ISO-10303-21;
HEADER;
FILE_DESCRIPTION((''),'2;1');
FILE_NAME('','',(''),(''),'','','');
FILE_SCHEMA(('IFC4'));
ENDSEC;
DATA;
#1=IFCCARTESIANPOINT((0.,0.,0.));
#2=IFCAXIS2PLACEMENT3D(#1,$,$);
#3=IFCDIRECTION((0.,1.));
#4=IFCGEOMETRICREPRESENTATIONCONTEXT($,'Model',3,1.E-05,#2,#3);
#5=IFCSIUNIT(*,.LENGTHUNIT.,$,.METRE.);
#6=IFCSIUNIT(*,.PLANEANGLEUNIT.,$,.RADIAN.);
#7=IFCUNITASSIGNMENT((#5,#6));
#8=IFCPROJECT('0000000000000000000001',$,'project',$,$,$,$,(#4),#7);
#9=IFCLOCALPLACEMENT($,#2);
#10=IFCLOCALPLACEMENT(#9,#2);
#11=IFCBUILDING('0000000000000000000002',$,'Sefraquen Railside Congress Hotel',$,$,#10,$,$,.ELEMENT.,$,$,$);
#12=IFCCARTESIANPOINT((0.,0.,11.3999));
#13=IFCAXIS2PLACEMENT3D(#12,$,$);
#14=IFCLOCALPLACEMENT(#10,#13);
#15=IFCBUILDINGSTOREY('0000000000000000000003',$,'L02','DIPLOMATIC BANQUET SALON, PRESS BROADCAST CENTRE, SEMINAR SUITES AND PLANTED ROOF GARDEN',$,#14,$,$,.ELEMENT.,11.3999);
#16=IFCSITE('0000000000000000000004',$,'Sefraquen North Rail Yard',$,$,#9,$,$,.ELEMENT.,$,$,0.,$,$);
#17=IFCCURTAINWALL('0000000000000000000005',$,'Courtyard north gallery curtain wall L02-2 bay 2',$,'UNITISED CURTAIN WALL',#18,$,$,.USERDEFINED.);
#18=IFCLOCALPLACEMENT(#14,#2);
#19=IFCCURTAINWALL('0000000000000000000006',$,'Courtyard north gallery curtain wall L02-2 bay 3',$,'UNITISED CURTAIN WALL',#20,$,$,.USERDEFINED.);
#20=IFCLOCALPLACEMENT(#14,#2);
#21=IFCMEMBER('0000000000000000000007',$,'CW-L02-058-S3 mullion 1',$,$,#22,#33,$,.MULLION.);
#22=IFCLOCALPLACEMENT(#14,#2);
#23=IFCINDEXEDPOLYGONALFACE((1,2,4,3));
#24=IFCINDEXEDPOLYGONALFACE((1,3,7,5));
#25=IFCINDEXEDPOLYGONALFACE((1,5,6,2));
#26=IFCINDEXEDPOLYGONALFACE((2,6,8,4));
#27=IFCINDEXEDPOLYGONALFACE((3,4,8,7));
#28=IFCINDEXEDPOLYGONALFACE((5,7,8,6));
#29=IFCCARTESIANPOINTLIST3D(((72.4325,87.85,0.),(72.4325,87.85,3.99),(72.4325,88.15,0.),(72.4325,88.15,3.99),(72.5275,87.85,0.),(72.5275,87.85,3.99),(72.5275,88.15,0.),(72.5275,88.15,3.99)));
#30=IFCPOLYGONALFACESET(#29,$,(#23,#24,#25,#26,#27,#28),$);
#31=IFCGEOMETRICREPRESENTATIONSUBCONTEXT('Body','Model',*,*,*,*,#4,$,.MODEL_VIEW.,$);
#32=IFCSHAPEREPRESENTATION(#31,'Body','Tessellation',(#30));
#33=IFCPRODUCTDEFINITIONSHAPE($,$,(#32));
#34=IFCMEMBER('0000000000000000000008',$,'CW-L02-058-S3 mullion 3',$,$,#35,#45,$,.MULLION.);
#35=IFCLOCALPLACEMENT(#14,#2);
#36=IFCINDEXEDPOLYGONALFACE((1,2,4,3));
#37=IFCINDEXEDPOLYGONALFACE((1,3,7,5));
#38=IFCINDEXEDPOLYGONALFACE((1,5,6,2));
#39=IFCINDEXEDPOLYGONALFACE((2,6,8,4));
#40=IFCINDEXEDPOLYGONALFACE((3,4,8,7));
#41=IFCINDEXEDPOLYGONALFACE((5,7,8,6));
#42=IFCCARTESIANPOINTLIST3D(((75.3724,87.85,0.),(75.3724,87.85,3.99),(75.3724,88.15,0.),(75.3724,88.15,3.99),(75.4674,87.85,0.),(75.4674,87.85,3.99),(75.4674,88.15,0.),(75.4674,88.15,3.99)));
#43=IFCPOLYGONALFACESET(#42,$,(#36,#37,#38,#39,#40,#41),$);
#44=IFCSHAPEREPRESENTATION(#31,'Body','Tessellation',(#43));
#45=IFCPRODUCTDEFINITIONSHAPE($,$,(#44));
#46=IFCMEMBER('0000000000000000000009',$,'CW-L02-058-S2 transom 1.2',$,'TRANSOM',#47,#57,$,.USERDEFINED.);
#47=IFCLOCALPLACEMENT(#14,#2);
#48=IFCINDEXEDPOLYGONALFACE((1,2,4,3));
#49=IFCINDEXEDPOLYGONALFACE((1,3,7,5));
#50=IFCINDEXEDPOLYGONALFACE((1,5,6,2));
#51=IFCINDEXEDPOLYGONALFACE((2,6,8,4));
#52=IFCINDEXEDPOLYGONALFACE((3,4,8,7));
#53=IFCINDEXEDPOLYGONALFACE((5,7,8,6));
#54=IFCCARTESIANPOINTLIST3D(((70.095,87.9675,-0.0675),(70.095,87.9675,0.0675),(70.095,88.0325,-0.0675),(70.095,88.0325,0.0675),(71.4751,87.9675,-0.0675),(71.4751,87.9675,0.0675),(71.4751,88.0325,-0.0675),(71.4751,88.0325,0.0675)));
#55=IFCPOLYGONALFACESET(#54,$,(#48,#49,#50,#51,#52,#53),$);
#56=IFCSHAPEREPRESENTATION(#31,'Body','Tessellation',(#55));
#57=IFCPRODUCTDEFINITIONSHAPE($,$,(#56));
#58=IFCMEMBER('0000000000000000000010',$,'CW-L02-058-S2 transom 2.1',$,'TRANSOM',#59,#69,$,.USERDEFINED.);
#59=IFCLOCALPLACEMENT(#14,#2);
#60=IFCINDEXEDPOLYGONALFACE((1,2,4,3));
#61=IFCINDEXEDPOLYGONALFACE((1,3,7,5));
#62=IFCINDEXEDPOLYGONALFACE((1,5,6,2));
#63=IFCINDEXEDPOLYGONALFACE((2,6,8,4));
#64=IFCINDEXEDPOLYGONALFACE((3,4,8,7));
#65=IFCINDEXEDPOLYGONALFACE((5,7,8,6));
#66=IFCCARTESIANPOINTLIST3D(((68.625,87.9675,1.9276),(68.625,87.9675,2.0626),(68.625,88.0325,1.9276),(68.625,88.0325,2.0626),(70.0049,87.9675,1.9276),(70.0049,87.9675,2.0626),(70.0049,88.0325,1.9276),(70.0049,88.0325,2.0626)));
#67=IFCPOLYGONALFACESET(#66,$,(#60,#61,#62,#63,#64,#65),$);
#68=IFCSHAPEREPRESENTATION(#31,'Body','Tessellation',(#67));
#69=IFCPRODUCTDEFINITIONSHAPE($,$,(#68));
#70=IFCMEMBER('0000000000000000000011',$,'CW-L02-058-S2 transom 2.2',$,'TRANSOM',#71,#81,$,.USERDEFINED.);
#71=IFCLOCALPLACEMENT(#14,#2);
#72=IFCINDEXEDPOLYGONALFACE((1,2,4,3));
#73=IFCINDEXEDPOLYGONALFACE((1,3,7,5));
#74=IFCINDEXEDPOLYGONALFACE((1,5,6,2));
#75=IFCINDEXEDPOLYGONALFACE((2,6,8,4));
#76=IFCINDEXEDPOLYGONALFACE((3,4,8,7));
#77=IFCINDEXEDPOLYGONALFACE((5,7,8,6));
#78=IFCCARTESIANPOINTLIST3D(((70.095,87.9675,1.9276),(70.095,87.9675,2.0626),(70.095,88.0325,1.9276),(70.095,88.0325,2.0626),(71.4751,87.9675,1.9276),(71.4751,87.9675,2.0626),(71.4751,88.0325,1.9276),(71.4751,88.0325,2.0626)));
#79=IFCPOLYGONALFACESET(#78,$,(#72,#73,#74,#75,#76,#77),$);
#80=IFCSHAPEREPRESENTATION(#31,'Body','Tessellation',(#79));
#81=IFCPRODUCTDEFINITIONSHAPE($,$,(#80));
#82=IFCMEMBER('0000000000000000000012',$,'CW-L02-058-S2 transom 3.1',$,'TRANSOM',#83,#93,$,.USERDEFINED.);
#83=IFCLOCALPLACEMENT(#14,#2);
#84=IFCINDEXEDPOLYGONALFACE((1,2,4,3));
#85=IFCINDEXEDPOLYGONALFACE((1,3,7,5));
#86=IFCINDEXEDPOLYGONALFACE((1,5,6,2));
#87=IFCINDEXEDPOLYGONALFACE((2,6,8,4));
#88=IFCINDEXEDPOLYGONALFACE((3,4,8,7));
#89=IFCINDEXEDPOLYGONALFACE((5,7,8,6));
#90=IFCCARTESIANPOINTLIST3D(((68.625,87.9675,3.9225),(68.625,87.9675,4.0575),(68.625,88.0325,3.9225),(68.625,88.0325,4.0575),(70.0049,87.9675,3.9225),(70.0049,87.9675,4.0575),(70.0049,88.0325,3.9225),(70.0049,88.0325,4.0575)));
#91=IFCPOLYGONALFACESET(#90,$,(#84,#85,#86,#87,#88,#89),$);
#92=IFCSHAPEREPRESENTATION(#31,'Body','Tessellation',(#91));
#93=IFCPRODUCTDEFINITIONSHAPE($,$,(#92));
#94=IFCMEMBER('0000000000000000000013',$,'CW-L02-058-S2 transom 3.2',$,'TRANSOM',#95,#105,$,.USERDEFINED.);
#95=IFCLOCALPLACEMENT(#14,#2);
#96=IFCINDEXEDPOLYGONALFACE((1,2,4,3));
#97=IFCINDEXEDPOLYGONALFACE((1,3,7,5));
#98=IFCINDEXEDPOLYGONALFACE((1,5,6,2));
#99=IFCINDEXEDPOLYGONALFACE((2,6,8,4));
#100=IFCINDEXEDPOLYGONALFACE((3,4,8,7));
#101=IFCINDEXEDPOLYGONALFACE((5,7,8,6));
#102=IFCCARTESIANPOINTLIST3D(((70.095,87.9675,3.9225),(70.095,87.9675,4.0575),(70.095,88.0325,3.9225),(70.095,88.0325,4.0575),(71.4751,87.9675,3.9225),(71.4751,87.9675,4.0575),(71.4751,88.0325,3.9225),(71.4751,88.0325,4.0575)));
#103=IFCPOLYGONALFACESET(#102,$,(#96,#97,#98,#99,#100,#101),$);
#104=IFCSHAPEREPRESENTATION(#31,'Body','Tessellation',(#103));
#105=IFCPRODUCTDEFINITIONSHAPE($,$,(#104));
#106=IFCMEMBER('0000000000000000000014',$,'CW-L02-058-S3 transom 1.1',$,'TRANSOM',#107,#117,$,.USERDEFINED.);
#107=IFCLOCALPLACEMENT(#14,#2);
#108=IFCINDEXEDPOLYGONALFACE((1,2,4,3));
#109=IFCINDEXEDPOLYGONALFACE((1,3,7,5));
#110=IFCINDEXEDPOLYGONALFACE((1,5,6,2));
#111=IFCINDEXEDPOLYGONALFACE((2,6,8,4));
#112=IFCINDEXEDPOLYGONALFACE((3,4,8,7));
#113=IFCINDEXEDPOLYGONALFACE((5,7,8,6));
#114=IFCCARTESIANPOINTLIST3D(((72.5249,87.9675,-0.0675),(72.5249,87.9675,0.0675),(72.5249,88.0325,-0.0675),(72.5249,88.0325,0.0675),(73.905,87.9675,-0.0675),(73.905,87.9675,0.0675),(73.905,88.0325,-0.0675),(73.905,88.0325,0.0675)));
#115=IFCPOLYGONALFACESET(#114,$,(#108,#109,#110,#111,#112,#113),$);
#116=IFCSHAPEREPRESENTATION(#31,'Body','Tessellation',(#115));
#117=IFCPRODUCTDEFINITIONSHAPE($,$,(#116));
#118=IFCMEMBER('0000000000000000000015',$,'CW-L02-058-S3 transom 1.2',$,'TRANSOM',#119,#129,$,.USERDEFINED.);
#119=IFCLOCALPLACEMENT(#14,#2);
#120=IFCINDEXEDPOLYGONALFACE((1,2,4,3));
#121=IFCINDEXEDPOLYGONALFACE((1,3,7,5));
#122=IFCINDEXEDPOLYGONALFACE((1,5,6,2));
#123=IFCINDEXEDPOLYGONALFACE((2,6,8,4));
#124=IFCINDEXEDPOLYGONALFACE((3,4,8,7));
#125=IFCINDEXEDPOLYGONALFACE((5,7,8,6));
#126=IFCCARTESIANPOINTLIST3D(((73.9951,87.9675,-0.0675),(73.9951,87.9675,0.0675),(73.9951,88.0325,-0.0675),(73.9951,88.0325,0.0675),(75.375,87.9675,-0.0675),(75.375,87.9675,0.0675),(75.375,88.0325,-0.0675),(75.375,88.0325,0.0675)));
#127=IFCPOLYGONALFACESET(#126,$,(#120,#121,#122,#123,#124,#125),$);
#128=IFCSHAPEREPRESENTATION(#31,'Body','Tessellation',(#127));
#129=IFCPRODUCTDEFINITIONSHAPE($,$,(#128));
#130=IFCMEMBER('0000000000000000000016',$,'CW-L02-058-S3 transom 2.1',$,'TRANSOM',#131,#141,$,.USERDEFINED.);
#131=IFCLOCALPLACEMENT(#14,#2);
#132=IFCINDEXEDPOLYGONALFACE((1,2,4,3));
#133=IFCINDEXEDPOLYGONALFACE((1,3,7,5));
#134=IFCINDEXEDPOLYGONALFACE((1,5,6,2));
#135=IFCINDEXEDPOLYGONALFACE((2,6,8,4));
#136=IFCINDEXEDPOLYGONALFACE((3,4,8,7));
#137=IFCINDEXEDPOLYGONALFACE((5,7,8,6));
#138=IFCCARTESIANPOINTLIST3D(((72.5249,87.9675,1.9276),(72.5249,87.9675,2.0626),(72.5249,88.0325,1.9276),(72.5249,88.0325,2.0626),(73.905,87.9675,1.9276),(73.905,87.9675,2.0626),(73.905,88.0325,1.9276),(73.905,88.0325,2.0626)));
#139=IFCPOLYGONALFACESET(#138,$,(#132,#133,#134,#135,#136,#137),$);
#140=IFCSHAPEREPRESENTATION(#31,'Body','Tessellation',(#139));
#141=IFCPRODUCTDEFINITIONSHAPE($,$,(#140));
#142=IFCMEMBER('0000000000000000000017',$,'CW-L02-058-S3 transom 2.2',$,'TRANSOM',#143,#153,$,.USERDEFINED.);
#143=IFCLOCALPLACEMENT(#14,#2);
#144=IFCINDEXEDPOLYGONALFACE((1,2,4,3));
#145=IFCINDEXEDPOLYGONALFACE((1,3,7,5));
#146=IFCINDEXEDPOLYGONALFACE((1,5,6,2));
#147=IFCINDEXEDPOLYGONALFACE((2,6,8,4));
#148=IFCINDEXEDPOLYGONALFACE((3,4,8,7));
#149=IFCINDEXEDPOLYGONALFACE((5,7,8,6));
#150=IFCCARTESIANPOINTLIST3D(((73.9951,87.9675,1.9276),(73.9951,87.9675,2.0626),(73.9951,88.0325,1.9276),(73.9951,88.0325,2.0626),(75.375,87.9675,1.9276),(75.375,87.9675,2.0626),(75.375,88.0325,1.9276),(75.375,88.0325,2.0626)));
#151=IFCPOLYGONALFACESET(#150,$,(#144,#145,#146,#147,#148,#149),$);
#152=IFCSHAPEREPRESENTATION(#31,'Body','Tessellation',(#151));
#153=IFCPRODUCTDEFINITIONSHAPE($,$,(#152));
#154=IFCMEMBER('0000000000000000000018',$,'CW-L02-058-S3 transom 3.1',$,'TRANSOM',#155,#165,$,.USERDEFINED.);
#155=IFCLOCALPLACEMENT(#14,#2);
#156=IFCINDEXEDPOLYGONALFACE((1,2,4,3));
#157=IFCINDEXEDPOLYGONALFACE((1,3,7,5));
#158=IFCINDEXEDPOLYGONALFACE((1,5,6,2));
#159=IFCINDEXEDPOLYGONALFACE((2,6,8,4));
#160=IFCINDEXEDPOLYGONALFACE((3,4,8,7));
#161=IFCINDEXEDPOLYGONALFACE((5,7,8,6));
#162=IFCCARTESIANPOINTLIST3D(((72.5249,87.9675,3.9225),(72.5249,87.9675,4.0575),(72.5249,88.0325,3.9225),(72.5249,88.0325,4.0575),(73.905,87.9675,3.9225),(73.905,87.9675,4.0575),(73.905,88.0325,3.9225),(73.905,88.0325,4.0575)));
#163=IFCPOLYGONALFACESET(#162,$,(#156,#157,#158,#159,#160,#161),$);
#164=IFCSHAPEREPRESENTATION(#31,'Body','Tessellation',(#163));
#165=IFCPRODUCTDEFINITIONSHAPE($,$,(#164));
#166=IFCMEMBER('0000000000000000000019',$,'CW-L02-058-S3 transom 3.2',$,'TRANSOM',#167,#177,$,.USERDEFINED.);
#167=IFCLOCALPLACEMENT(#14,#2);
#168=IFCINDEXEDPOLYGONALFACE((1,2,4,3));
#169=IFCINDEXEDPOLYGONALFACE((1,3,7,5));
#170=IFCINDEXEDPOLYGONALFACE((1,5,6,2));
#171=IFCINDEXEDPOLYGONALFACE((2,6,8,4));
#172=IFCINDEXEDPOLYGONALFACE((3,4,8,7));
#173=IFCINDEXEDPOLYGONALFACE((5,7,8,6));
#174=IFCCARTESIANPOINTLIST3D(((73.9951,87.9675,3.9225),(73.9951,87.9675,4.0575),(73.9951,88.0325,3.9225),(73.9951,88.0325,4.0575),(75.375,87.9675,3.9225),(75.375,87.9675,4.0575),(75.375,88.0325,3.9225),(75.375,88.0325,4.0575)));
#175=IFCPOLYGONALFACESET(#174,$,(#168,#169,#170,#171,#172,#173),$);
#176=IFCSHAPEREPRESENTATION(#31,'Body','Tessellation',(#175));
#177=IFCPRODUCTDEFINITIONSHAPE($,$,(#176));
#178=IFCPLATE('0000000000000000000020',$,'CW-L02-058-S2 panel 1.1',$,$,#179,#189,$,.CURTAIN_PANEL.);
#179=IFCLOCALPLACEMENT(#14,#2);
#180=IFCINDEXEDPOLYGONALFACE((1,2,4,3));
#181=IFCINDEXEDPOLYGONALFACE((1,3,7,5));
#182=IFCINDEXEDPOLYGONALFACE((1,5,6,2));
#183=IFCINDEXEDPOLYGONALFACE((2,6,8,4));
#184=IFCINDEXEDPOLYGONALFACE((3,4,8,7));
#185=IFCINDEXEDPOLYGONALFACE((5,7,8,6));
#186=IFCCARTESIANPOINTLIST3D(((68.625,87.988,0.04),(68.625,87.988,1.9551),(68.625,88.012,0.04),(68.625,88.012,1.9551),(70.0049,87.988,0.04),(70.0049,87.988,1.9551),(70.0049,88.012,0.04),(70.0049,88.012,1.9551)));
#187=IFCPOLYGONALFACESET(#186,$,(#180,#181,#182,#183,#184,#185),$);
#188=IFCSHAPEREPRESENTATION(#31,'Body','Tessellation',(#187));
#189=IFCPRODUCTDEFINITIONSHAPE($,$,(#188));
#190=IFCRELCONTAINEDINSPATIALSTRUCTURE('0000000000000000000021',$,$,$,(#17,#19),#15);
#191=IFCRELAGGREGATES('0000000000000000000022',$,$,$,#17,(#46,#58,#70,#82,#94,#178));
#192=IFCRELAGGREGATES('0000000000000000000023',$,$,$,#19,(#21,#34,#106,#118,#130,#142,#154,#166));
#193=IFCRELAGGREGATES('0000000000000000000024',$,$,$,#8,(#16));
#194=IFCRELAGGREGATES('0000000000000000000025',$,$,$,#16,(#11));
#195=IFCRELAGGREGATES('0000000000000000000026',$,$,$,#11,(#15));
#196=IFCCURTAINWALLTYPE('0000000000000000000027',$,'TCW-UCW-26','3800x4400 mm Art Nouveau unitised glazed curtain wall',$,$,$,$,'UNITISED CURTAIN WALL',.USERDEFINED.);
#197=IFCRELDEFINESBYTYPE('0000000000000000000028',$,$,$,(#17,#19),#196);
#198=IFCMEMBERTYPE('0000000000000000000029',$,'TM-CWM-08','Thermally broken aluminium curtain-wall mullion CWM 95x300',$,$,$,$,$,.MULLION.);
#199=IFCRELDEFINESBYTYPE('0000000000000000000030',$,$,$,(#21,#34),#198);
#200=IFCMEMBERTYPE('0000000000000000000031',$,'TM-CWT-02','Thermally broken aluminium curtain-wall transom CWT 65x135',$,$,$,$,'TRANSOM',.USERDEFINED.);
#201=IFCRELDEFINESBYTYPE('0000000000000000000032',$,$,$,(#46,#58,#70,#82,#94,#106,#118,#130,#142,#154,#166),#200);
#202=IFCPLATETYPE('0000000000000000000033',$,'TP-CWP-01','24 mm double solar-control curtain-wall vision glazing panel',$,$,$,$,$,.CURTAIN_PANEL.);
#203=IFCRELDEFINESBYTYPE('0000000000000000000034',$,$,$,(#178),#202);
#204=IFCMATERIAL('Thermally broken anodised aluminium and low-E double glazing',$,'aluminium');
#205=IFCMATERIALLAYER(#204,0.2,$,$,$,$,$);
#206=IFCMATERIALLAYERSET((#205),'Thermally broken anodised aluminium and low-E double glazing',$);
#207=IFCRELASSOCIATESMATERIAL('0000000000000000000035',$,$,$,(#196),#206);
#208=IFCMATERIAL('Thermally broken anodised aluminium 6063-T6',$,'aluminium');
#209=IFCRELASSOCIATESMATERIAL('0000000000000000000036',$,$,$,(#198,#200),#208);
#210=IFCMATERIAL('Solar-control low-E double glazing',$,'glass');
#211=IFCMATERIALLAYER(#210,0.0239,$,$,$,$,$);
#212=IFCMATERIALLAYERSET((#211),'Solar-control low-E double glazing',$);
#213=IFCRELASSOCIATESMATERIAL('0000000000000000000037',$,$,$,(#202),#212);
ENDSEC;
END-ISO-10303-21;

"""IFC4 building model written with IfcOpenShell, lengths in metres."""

from ifc_helpers import new_model, si_unit, direction, frame, origin, origin_2d, place, context, subcontext, project, spatial, rectangle, extrude, material, layer, layer_set, material_profile, profile_set, type_object, element, aggregate, save


model = new_model("IFC4")

# Units and contexts
model_context = context("Model", 3, precision=1e-05, world=origin(), true_north=direction((0.0, 1.0)))
body_context = subcontext(model_context, "Body", "Model", "MODEL_VIEW")
ifc_project = project(units=[si_unit("LENGTHUNIT", "METRE"), si_unit("PLANEANGLEUNIT", "RADIAN")], contexts=[model_context])

# Site, building, storey
site_placement = place(None, origin())
site = spatial("IfcSite", under=ifc_project, at=site_placement, Name="Sefraquen North Rail Yard", CompositionType="ELEMENT", RefElevation=0.0)
building_placement = place(site_placement, origin())
building = spatial("IfcBuilding", under=site, at=building_placement, Name="Sefraquen Railside Congress Hotel", CompositionType="ELEMENT")
storey_placement = place(building_placement, frame((0.0, 0.0, 11.3999)))
storey = spatial("IfcBuildingStorey", under=building, at=storey_placement, Name="L02", Description="DIPLOMATIC BANQUET SALON, PRESS BROADCAST CENTRE, SEMINAR SUITES AND PLANTED ROOF GARDEN", CompositionType="ELEMENT", Elevation=11.3999)

# Curtain walls
ifc_material_1 = material(Name="Thermally broken anodised aluminium and low-E double glazing", Category="aluminium")
ifc_layer_1 = layer(ifc_material_1, 0.2)
ifc_layer_set_1 = layer_set([ifc_layer_1], Name="Thermally broken anodised aluminium and low-E double glazing")
curtain_wall_type = type_object("IfcCurtainWallType", Name="TCW-UCW-26", Description="3800x4400 mm Art Nouveau unitised glazed curtain wall", ElementType="UNITISED CURTAIN WALL", PredefinedType="USERDEFINED", material=ifc_layer_set_1)
curtain_wall_1_placement = place(storey_placement, origin())
curtain_wall_1 = element("IfcCurtainWall", 1, at=curtain_wall_1_placement, inside=storey, type_object=curtain_wall_type, Name="Courtyard north gallery curtain wall L02-2 bay 2", ObjectType="UNITISED CURTAIN WALL", PredefinedType="USERDEFINED")
ifc_material_2 = material(Name="Thermally broken anodised aluminium 6063-T6", Category="aluminium")
curtain_wall_2_placement = place(storey_placement, origin())
curtain_wall_2 = element("IfcCurtainWall", 2, at=curtain_wall_2_placement, inside=storey, type_object=curtain_wall_type, Name="Courtyard north gallery curtain wall L02-2 bay 3", ObjectType="UNITISED CURTAIN WALL", PredefinedType="USERDEFINED")

# Members
ifc_material_profile_1 = material_profile(ifc_material_2, rectangle(XDim=0.095, YDim=0.3, at=origin_2d()), Name="CWM 95x300")
ifc_profile_set_1 = profile_set([ifc_material_profile_1], Name="Thermally broken anodised aluminium 6063-T6")
member_type_1 = type_object("IfcMemberType", Name="TM-CWM-08", Description="Thermally broken aluminium curtain-wall mullion CWM 95x300", PredefinedType="MULLION", material=ifc_profile_set_1)
member_1_placement = place(storey_placement, frame((72.48, 88.0, 0.0), z_axis=(0.0, 0.0, 1.0), x_axis=(1.0, 0.0, 0.0)))
member_1 = element("IfcMember", 3, at=member_1_placement, type_object=member_type_1, Name="CW-L02-058-S3 mullion 1", PredefinedType="MULLION", context=body_context, shape_type="SweptSolid", body=[
    extrude(rectangle(XDim=0.095, YDim=0.3, at=origin_2d()), origin(), (0.0, 0.0, 1.0), 3.99),
])
member_2_placement = place(storey_placement, frame((75.4199, 88.0, 0.0), z_axis=(0.0, 0.0, 1.0), x_axis=(1.0, 0.0, 0.0)))
member_2 = element("IfcMember", 4, at=member_2_placement, type_object=member_type_1, Name="CW-L02-058-S3 mullion 3", PredefinedType="MULLION", context=body_context, shape_type="SweptSolid", body=[
    extrude(rectangle(XDim=0.095, YDim=0.3, at=origin_2d()), origin(), (0.0, 0.0, 1.0), 3.99),
])
ifc_material_profile_2 = material_profile(ifc_material_2, rectangle(XDim=0.0649, YDim=0.135, at=origin_2d()), Name="CWT 65x135")
ifc_profile_set_2 = profile_set([ifc_material_profile_2], Name="Thermally broken anodised aluminium 6063-T6")
member_type_2 = type_object("IfcMemberType", Name="TM-CWT-02", Description="Thermally broken aluminium curtain-wall transom CWT 65x135", ElementType="TRANSOM", PredefinedType="USERDEFINED", material=ifc_profile_set_2)
member_3_placement = place(storey_placement, frame((70.095, 88.0, 0.0), z_axis=(1.0, 0.0, 0.0), x_axis=(0.0, 1.0, 0.0)))
member_3 = element("IfcMember", 5, at=member_3_placement, type_object=member_type_2, Name="CW-L02-058-S2 transom 1.2", ObjectType="TRANSOM", PredefinedType="USERDEFINED", context=body_context, shape_type="SweptSolid", body=[
    extrude(rectangle(XDim=0.0649, YDim=0.135, at=origin_2d()), origin(), (0.0, 0.0, 1.0), 1.3801),
])
member_4_placement = place(storey_placement, frame((68.625, 88.0, 1.9951), z_axis=(1.0, 0.0, 0.0), x_axis=(0.0, 1.0, 0.0)))
member_4 = element("IfcMember", 6, at=member_4_placement, type_object=member_type_2, Name="CW-L02-058-S2 transom 2.1", ObjectType="TRANSOM", PredefinedType="USERDEFINED", context=body_context, shape_type="SweptSolid", body=[
    extrude(rectangle(XDim=0.0649, YDim=0.135, at=origin_2d()), origin(), (0.0, 0.0, 1.0), 1.3799),
])
member_5_placement = place(storey_placement, frame((70.095, 88.0, 1.9951), z_axis=(1.0, 0.0, 0.0), x_axis=(0.0, 1.0, 0.0)))
member_5 = element("IfcMember", 7, at=member_5_placement, type_object=member_type_2, Name="CW-L02-058-S2 transom 2.2", ObjectType="TRANSOM", PredefinedType="USERDEFINED", context=body_context, shape_type="SweptSolid", body=[
    extrude(rectangle(XDim=0.0649, YDim=0.135, at=origin_2d()), origin(), (0.0, 0.0, 1.0), 1.3801),
])
member_6_placement = place(storey_placement, frame((68.625, 88.0, 3.99), z_axis=(1.0, 0.0, 0.0), x_axis=(0.0, 1.0, 0.0)))
member_6 = element("IfcMember", 8, at=member_6_placement, type_object=member_type_2, Name="CW-L02-058-S2 transom 3.1", ObjectType="TRANSOM", PredefinedType="USERDEFINED", context=body_context, shape_type="SweptSolid", body=[
    extrude(rectangle(XDim=0.0649, YDim=0.135, at=origin_2d()), origin(), (0.0, 0.0, 1.0), 1.3799),
])
member_7_placement = place(storey_placement, frame((70.095, 88.0, 3.99), z_axis=(1.0, 0.0, 0.0), x_axis=(0.0, 1.0, 0.0)))
member_7 = element("IfcMember", 9, at=member_7_placement, type_object=member_type_2, Name="CW-L02-058-S2 transom 3.2", ObjectType="TRANSOM", PredefinedType="USERDEFINED", context=body_context, shape_type="SweptSolid", body=[
    extrude(rectangle(XDim=0.0649, YDim=0.135, at=origin_2d()), origin(), (0.0, 0.0, 1.0), 1.3801),
])
member_8_placement = place(storey_placement, frame((72.5249, 88.0, 0.0), z_axis=(1.0, 0.0, 0.0), x_axis=(0.0, 1.0, 0.0)))
member_8 = element("IfcMember", 10, at=member_8_placement, type_object=member_type_2, Name="CW-L02-058-S3 transom 1.1", ObjectType="TRANSOM", PredefinedType="USERDEFINED", context=body_context, shape_type="SweptSolid", body=[
    extrude(rectangle(XDim=0.0649, YDim=0.135, at=origin_2d()), origin(), (0.0, 0.0, 1.0), 1.3801),
])
member_9_placement = place(storey_placement, frame((73.9951, 88.0, 0.0), z_axis=(1.0, 0.0, 0.0), x_axis=(0.0, 1.0, 0.0)))
member_9 = element("IfcMember", 11, at=member_9_placement, type_object=member_type_2, Name="CW-L02-058-S3 transom 1.2", ObjectType="TRANSOM", PredefinedType="USERDEFINED", context=body_context, shape_type="SweptSolid", body=[
    extrude(rectangle(XDim=0.0649, YDim=0.135, at=origin_2d()), origin(), (0.0, 0.0, 1.0), 1.3799),
])
member_10_placement = place(storey_placement, frame((72.5249, 88.0, 1.9951), z_axis=(1.0, 0.0, 0.0), x_axis=(0.0, 1.0, 0.0)))
member_10 = element("IfcMember", 12, at=member_10_placement, type_object=member_type_2, Name="CW-L02-058-S3 transom 2.1", ObjectType="TRANSOM", PredefinedType="USERDEFINED", context=body_context, shape_type="SweptSolid", body=[
    extrude(rectangle(XDim=0.0649, YDim=0.135, at=origin_2d()), origin(), (0.0, 0.0, 1.0), 1.3801),
])
member_11_placement = place(storey_placement, frame((73.9951, 88.0, 1.9951), z_axis=(1.0, 0.0, 0.0), x_axis=(0.0, 1.0, 0.0)))
member_11 = element("IfcMember", 13, at=member_11_placement, type_object=member_type_2, Name="CW-L02-058-S3 transom 2.2", ObjectType="TRANSOM", PredefinedType="USERDEFINED", context=body_context, shape_type="SweptSolid", body=[
    extrude(rectangle(XDim=0.0649, YDim=0.135, at=origin_2d()), origin(), (0.0, 0.0, 1.0), 1.3799),
])
member_12_placement = place(storey_placement, frame((72.5249, 88.0, 3.99), z_axis=(1.0, 0.0, 0.0), x_axis=(0.0, 1.0, 0.0)))
member_12 = element("IfcMember", 14, at=member_12_placement, type_object=member_type_2, Name="CW-L02-058-S3 transom 3.1", ObjectType="TRANSOM", PredefinedType="USERDEFINED", context=body_context, shape_type="SweptSolid", body=[
    extrude(rectangle(XDim=0.0649, YDim=0.135, at=origin_2d()), origin(), (0.0, 0.0, 1.0), 1.3801),
])
member_13_placement = place(storey_placement, frame((73.9951, 88.0, 3.99), z_axis=(1.0, 0.0, 0.0), x_axis=(0.0, 1.0, 0.0)))
member_13 = element("IfcMember", 15, at=member_13_placement, type_object=member_type_2, Name="CW-L02-058-S3 transom 3.2", ObjectType="TRANSOM", PredefinedType="USERDEFINED", context=body_context, shape_type="SweptSolid", body=[
    extrude(rectangle(XDim=0.0649, YDim=0.135, at=origin_2d()), origin(), (0.0, 0.0, 1.0), 1.3799),
])

# Plate
ifc_material_3 = material(Name="Solar-control low-E double glazing", Category="glass")
ifc_layer_2 = layer(ifc_material_3, 0.0239)
ifc_layer_set_2 = layer_set([ifc_layer_2], Name="Solar-control low-E double glazing")
plate_type_1 = type_object("IfcPlateType", Name="TP-CWP-01", Description="24 mm double solar-control curtain-wall vision glazing panel", PredefinedType="CURTAIN_PANEL", material=ifc_layer_set_2)
plate_1_placement = place(storey_placement, frame((69.3149, 88.0, 0.04), z_axis=(0.0, 0.0, 1.0), x_axis=(1.0, 0.0, 0.0)))
plate_1 = element("IfcPlate", 16, at=plate_1_placement, type_object=plate_type_1, Name="CW-L02-058-S2 panel 1.1", PredefinedType="CURTAIN_PANEL", context=body_context, shape_type="SweptSolid", body=[
    extrude(rectangle(XDim=1.3799, YDim=0.0239, at=origin_2d()), origin(), (0.0, 0.0, 1.0), 1.915),
])
aggregate(curtain_wall_1, [member_3, member_4, member_5, member_6, member_7, plate_1])
aggregate(curtain_wall_2, [member_1, member_2, member_8, member_9, member_10, member_11, member_12, member_13])

save(model, "model.ifc")
